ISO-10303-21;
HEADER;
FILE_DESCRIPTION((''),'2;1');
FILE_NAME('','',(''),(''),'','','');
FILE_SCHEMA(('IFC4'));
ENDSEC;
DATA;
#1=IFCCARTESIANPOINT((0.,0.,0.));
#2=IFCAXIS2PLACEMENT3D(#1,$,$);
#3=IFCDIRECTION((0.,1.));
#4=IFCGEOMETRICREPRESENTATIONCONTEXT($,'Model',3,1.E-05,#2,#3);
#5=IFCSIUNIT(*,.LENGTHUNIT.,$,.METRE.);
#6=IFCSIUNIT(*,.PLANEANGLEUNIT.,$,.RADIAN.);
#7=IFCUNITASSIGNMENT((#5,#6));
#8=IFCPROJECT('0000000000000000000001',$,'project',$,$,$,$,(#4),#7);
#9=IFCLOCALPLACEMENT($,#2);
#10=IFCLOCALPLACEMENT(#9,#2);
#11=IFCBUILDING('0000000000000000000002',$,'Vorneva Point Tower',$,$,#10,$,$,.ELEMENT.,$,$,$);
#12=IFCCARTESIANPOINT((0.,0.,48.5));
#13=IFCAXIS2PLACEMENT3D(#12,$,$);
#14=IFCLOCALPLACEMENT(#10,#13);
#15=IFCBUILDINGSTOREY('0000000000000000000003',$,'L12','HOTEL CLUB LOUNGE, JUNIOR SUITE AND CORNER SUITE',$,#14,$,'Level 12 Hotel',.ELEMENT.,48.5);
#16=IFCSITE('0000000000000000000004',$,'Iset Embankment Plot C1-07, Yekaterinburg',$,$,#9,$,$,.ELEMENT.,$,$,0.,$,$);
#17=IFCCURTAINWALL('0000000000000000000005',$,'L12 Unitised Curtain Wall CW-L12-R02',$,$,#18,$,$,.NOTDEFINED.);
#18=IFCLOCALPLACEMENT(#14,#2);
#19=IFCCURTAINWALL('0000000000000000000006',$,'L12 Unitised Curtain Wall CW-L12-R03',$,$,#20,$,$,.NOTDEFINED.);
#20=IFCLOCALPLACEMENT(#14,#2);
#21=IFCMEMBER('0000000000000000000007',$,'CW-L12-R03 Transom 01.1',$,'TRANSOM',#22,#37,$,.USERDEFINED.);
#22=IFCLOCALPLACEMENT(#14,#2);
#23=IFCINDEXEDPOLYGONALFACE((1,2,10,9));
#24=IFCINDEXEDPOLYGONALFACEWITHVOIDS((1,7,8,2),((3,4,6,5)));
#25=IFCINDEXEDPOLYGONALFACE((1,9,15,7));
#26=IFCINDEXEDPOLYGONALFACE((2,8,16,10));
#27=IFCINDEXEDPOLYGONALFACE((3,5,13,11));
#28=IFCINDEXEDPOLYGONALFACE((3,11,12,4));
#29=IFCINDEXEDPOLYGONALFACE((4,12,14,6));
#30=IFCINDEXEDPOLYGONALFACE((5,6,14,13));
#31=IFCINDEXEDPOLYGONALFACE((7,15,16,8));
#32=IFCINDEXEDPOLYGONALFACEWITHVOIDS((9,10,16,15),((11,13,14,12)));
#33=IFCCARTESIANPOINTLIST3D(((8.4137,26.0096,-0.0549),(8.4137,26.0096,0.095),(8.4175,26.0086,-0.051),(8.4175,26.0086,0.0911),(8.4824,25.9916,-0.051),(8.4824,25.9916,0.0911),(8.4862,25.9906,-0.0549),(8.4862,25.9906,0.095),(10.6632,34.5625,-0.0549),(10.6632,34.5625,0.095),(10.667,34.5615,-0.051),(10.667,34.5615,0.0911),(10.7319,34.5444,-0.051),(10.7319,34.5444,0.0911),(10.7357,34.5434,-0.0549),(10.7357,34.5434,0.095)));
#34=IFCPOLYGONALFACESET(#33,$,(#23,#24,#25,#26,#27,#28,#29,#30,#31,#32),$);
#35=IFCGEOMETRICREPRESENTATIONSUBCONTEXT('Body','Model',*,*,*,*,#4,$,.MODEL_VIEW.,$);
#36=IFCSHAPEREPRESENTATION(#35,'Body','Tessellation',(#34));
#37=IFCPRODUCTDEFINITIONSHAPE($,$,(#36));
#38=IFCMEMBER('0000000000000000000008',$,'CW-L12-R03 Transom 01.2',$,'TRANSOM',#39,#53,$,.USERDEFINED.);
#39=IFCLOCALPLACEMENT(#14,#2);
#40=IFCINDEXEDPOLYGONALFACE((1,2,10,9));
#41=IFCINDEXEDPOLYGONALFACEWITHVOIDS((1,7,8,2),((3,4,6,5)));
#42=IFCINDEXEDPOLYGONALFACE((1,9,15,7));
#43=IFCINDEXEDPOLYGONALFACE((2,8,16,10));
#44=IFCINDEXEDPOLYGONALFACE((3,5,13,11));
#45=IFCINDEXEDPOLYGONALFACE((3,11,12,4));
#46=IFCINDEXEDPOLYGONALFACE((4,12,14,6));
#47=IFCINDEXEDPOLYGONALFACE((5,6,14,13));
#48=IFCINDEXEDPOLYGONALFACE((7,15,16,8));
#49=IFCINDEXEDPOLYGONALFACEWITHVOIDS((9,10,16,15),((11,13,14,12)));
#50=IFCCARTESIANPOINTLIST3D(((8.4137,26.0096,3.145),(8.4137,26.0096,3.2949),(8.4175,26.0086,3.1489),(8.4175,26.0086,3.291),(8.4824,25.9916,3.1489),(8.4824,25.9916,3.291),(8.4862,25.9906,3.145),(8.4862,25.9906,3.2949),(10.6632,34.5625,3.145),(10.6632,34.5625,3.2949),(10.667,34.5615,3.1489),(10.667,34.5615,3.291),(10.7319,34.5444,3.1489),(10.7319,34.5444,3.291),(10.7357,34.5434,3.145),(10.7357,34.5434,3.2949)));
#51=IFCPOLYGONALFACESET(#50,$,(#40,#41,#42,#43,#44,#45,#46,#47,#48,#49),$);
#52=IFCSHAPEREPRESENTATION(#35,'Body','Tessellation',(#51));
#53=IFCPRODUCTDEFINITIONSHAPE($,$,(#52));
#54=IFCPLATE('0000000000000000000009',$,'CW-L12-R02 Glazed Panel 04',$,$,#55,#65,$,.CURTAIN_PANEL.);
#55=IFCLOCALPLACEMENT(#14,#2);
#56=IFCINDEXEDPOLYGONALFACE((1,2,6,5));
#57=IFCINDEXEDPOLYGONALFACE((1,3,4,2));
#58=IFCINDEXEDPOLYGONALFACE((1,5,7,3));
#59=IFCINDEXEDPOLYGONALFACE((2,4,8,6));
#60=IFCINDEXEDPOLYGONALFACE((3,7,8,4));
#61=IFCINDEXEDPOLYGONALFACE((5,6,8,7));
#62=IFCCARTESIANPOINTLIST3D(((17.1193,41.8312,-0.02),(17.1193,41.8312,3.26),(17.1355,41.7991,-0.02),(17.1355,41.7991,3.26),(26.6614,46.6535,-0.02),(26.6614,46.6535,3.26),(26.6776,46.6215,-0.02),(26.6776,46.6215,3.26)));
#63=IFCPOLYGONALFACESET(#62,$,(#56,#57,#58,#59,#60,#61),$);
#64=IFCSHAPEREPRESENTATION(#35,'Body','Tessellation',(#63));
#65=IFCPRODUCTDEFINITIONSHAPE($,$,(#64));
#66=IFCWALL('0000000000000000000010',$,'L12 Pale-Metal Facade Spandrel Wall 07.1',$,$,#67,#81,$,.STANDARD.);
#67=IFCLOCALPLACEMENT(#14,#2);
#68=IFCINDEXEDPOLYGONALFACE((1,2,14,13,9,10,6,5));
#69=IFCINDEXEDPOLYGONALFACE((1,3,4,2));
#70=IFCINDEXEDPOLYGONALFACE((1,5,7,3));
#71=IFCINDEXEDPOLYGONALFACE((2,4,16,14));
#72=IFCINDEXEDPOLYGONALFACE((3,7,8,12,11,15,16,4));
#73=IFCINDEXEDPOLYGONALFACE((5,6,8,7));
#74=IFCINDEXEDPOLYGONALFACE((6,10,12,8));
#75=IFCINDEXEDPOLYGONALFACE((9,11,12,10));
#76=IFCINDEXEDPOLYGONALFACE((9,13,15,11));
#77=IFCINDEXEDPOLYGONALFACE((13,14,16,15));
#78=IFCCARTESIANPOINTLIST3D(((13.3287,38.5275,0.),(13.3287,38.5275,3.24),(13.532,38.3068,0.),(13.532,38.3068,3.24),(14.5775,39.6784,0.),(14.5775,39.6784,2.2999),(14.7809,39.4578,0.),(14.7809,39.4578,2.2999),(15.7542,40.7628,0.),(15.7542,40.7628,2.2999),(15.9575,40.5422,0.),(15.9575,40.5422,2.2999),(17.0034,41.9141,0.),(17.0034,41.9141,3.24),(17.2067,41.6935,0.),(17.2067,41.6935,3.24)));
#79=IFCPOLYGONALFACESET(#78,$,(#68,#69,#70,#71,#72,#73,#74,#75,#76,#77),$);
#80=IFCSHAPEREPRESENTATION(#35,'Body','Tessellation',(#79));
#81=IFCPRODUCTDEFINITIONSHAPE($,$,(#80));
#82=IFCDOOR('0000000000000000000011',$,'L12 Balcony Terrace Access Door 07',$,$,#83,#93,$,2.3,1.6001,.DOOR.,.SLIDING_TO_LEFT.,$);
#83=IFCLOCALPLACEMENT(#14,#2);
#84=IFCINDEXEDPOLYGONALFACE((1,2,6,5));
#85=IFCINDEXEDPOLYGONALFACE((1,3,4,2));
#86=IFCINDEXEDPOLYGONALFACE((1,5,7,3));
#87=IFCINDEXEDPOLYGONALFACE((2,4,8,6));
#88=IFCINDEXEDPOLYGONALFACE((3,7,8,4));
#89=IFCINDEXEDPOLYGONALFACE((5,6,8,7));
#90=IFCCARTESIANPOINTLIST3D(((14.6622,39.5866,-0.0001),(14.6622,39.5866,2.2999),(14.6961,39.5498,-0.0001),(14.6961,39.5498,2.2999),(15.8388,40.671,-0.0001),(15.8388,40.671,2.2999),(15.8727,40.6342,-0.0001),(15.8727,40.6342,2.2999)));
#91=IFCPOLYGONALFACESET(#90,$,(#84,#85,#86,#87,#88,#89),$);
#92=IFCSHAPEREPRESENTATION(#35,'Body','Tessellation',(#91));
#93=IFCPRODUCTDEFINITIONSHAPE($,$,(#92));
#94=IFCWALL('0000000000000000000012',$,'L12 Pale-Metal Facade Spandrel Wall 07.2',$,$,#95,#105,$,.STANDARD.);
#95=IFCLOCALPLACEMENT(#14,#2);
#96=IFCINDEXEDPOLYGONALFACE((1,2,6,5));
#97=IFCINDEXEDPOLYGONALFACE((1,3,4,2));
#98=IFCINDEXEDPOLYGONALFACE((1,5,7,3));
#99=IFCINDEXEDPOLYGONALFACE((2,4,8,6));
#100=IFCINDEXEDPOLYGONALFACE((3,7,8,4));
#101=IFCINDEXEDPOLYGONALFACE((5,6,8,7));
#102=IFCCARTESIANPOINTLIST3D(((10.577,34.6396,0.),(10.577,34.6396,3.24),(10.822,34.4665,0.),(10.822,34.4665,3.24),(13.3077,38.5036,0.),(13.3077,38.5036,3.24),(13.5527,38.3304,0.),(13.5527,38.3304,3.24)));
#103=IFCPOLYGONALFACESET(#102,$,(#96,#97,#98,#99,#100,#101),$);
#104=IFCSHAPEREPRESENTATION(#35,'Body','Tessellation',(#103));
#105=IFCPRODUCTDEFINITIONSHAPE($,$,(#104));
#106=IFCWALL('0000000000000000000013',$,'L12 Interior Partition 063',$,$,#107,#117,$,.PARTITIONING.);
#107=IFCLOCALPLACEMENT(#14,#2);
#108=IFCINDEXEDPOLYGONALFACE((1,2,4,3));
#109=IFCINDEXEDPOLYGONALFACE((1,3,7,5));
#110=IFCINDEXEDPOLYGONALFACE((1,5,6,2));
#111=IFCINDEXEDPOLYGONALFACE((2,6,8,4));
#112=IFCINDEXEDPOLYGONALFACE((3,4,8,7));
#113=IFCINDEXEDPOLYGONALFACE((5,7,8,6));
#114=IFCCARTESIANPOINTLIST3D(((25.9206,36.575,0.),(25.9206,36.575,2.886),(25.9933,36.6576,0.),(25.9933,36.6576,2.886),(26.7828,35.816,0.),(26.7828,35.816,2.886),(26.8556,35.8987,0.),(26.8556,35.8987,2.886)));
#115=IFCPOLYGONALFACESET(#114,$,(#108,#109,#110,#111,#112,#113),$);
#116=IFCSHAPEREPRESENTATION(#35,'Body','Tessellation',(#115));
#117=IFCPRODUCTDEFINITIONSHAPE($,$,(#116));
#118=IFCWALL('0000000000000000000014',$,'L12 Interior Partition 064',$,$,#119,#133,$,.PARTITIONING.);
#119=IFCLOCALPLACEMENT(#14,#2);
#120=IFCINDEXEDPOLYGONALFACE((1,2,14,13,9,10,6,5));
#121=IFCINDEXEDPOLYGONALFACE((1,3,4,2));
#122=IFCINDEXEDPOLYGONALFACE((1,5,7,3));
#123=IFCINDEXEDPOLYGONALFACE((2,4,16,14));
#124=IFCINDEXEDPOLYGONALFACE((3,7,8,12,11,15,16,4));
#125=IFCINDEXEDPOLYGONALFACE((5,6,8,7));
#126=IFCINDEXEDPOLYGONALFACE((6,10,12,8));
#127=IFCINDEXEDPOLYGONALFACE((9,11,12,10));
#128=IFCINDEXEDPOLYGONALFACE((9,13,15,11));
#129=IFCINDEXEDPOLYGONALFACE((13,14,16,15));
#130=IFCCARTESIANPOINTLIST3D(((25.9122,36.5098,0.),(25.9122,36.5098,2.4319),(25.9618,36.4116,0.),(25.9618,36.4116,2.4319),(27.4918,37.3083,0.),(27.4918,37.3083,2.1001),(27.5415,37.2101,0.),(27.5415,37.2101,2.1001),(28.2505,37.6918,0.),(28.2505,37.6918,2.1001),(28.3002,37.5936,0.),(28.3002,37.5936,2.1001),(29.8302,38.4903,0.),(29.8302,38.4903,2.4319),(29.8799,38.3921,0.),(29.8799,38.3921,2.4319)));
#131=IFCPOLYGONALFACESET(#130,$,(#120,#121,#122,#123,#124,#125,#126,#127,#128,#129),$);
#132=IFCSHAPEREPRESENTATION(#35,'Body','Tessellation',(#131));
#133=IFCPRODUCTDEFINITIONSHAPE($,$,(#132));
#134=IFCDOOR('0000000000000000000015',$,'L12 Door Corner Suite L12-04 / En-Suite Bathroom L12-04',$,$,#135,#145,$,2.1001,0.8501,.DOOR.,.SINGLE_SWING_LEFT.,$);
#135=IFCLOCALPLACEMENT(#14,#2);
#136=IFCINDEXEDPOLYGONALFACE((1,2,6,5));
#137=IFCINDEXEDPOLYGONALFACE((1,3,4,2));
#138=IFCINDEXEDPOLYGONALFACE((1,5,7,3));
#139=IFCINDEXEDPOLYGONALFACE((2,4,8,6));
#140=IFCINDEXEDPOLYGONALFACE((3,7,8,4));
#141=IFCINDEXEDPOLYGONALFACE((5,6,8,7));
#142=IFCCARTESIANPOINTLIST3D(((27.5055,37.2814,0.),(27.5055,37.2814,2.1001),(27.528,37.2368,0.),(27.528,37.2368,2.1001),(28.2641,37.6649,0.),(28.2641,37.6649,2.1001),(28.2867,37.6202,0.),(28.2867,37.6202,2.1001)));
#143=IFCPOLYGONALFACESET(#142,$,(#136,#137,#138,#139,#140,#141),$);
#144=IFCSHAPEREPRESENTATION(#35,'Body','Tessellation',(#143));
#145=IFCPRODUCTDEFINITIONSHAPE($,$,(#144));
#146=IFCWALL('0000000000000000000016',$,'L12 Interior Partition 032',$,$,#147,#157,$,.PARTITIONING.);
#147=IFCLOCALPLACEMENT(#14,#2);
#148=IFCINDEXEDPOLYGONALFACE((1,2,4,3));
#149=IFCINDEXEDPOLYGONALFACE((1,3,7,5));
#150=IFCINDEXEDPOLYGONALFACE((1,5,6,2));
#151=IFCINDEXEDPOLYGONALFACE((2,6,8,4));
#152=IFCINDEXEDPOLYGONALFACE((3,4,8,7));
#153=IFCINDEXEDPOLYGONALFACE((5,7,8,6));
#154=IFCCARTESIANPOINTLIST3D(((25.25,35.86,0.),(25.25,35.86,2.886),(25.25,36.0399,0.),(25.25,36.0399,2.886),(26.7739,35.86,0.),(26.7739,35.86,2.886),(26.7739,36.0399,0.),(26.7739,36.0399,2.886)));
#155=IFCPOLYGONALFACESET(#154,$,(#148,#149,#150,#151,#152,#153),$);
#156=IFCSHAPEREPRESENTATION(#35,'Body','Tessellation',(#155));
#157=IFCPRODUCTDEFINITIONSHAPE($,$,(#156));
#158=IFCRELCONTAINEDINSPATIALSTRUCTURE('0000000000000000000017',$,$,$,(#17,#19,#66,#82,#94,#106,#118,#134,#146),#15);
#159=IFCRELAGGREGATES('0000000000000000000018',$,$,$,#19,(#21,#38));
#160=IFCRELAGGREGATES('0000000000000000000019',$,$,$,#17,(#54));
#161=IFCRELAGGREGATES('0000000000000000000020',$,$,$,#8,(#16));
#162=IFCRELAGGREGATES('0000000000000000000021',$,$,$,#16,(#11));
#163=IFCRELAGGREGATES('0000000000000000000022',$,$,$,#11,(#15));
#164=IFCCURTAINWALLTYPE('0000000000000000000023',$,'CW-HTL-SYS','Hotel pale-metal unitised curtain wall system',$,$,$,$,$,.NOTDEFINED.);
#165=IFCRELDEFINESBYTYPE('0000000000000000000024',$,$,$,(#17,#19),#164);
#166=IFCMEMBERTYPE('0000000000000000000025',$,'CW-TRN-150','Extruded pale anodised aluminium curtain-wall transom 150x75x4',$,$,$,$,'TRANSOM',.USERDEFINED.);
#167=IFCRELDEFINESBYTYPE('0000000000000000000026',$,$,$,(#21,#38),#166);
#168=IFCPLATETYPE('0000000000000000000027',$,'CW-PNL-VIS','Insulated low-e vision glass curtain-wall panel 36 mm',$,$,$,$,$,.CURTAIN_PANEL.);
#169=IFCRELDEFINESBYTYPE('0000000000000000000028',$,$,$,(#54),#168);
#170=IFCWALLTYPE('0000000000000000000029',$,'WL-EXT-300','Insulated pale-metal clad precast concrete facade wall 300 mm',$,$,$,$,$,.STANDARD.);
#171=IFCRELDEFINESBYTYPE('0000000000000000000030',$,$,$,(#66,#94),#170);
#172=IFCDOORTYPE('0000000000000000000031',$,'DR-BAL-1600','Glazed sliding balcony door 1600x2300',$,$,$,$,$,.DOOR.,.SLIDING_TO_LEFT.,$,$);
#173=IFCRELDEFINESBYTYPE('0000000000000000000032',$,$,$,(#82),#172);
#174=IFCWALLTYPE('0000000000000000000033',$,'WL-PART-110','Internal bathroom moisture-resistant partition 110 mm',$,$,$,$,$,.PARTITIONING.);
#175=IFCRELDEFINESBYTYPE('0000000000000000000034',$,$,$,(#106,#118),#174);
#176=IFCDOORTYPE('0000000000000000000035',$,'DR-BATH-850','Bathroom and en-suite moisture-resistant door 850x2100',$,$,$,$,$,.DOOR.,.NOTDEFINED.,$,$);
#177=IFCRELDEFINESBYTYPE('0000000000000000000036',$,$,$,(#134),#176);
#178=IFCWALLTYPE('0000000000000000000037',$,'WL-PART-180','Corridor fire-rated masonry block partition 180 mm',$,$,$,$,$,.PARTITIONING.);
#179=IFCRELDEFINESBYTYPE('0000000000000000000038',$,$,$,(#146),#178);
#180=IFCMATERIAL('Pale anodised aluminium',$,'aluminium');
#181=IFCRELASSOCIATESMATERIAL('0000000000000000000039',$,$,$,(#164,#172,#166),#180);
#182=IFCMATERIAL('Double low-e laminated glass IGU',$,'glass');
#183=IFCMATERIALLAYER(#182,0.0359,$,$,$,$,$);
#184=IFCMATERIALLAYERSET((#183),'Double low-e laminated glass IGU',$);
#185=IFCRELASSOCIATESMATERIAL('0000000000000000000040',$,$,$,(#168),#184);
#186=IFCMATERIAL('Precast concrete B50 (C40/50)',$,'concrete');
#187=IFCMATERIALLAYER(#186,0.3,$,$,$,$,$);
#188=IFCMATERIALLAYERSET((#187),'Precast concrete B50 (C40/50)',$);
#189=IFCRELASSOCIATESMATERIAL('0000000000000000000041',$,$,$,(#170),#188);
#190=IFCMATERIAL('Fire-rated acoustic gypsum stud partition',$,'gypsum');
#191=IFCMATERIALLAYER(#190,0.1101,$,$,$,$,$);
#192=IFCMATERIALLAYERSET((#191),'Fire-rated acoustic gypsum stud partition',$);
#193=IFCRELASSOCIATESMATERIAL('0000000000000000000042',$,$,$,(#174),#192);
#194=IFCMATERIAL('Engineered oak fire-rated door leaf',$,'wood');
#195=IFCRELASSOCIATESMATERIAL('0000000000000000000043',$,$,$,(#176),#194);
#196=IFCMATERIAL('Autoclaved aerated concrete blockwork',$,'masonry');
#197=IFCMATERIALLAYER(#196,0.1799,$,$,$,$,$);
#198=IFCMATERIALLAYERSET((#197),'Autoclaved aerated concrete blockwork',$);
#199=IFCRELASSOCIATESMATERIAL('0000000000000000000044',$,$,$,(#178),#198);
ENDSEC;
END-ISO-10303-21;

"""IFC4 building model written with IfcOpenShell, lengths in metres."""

from ifc_helpers import new_model, si_unit, direction, frame, frame_2d, origin, origin_2d, place, context, subcontext, project, spatial, rectangle, hollow_rectangle, extrude, material, layer, layer_set, material_profile, profile_set, type_object, element, fill, aggregate, save


model = new_model("IFC4")

# Units and contexts
model_context = context("Model", 3, precision=1e-05, world=origin(), true_north=direction((0.0, 1.0)))
body_context = subcontext(model_context, "Body", "Model", "MODEL_VIEW")
ifc_project = project(units=[si_unit("LENGTHUNIT", "METRE"), si_unit("PLANEANGLEUNIT", "RADIAN")], contexts=[model_context])

# Site, building, storey
site_placement = place(None, origin())
site = spatial("IfcSite", under=ifc_project, at=site_placement, Name="Iset Embankment Plot C1-07, Yekaterinburg", CompositionType="ELEMENT", RefElevation=0.0)
building_placement = place(site_placement, origin())
building = spatial("IfcBuilding", under=site, at=building_placement, Name="Vorneva Point Tower", CompositionType="ELEMENT")
storey_placement = place(building_placement, frame((0.0, 0.0, 48.5)))
storey = spatial("IfcBuildingStorey", under=building, at=storey_placement, Name="L12", Description="HOTEL CLUB LOUNGE, JUNIOR SUITE AND CORNER SUITE", LongName="Level 12 Hotel", CompositionType="ELEMENT", Elevation=48.5)

# Curtain wall
ifc_material_1 = material(Name="Pale anodised aluminium", Category="aluminium")
curtain_wall_type = type_object("IfcCurtainWallType", Name="CW-HTL-SYS", Description="Hotel pale-metal unitised curtain wall system", PredefinedType="NOTDEFINED", material=ifc_material_1)
curtain_wall_1_placement = place(storey_placement, origin())
curtain_wall_1 = element("IfcCurtainWall", 1, at=curtain_wall_1_placement, inside=storey, type_object=curtain_wall_type, Name="L12 Unitised Curtain Wall CW-L12-R02", PredefinedType="NOTDEFINED")

# Curtain wall
curtain_wall_2_placement = place(storey_placement, origin())
curtain_wall_2 = element("IfcCurtainWall", 2, at=curtain_wall_2_placement, inside=storey, type_object=curtain_wall_type, Name="L12 Unitised Curtain Wall CW-L12-R03", PredefinedType="NOTDEFINED")

# Members
ifc_material_profile_1 = material_profile(ifc_material_1, hollow_rectangle(XDim=0.075, YDim=0.1499, WallThickness=0.0039, at=origin_2d()), Name="AL-TRN 150x75x4")
ifc_profile_set_1 = profile_set([ifc_material_profile_1], Name="Pale anodised aluminium")
member_type_1 = type_object("IfcMemberType", Name="CW-TRN-150", Description="Extruded pale anodised aluminium curtain-wall transom 150x75x4", ElementType="TRANSOM", PredefinedType="USERDEFINED", material=ifc_profile_set_1)
member_1_placement = place(storey_placement, frame((10.6995, 34.553, 0.02), z_axis=(-0.254359, -0.96711, 0.0), x_axis=(0.96711, -0.254359, 0.0)))
member_1 = element("IfcMember", 3, at=member_1_placement, type_object=member_type_1, Name="CW-L12-R03 Transom 01.1", ObjectType="TRANSOM", PredefinedType="USERDEFINED", context=body_context, shape_type="SweptSolid", body=[
    extrude(hollow_rectangle(XDim=0.075, YDim=0.1499, WallThickness=0.0039, at=origin_2d()), origin(), (0.0, 0.0, 1.0), 8.8438),
])
member_2_placement = place(storey_placement, frame((10.6995, 34.553, 3.22), z_axis=(-0.254359, -0.96711, 0.0), x_axis=(0.96711, -0.254359, 0.0)))
member_2 = element("IfcMember", 4, at=member_2_placement, type_object=member_type_1, Name="CW-L12-R03 Transom 01.2", ObjectType="TRANSOM", PredefinedType="USERDEFINED", context=body_context, shape_type="SweptSolid", body=[
    extrude(hollow_rectangle(XDim=0.075, YDim=0.1499, WallThickness=0.0039, at=origin_2d()), origin(), (0.0, 0.0, 1.0), 8.8438),
])
aggregate(curtain_wall_2, [member_1, member_2])

# Plate
ifc_material_2 = material(Name="Double low-e laminated glass IGU", Category="glass")
ifc_layer_1 = layer(ifc_material_2, 0.0359)
ifc_layer_set_1 = layer_set([ifc_layer_1], Name="Double low-e laminated glass IGU")
plate_type = type_object("IfcPlateType", Name="CW-PNL-VIS", Description="Insulated low-e vision glass curtain-wall panel 36 mm", PredefinedType="CURTAIN_PANEL", material=ifc_layer_set_1)
plate_placement = place(storey_placement, frame((21.8984, 44.2263, -0.02), z_axis=(0.0, 0.0, 1.0), x_axis=(-0.892499, -0.451049, 0.0)))
plate = element("IfcPlate", 5, at=plate_placement, type_object=plate_type, Name="CW-L12-R02 Glazed Panel 04", PredefinedType="CURTAIN_PANEL", context=body_context, shape_type="SweptSolid", body=[
    extrude(rectangle(XDim=10.6914, YDim=0.0359, at=origin_2d()), origin(), (0.0, 0.0, 1.0), 3.28),
])
aggregate(curtain_wall_1, [plate])

# Wall, opening, door
ifc_material_3 = material(Name="Precast concrete B50 (C40/50)", Category="concrete")
ifc_layer_2 = layer(ifc_material_3, 0.3)
ifc_layer_set_2 = layer_set([ifc_layer_2], Name="Precast concrete B50 (C40/50)")
wall_type_1 = type_object("IfcWallType", Name="WL-EXT-300", Description="Insulated pale-metal clad precast concrete facade wall 300 mm", PredefinedType="STANDARD", material=ifc_layer_set_2)
wall_1_placement = place(storey_placement, frame((17.105, 41.8037, 0.0), z_axis=(0.0, 0.0, 1.0), x_axis=(-0.735343, -0.677696, 0.0)))
wall_1 = element("IfcWall", 6, at=wall_1_placement, inside=storey, type_object=wall_type_1, Name="L12 Pale-Metal Facade Spandrel Wall 07.1", PredefinedType="STANDARD", context=body_context, shape_type="SweptSolid", body=[
    extrude(rectangle(XDim=4.9973, YDim=0.3, at=frame_2d((2.4985, 0.0))), origin(), (0.0, 0.0, 1.0), 3.24),
])
opening_1_placement = place(wall_1_placement, frame((1.6987, 0.0, 0.0)))
opening_1 = element("IfcOpeningElement", 7, at=opening_1_placement, cuts=wall_1, PredefinedType="OPENING", context=body_context, shape_type="SweptSolid", body=[
    extrude(rectangle(XDim=1.6001, YDim=2.3, at=frame_2d((0.8, 1.1499))), frame((0.0, 0.165, 0.0), z_axis=(0.0, -1.0, 0.0), x_axis=(1.0, 0.0, 0.0)), (0.0, 0.0, 1.0), 0.3298),
])
door_type_1 = type_object("IfcDoorType", Name="DR-BAL-1600", Description="Glazed sliding balcony door 1600x2300", OperationType="SLIDING_TO_LEFT", PredefinedType="DOOR", material=ifc_material_1)
door_1_placement = place(opening_1_placement, origin())
door_1 = element("IfcDoor", 8, at=door_1_placement, inside=storey, type_object=door_type_1, Name="L12 Balcony Terrace Access Door 07", OperationType="SLIDING_TO_LEFT", OverallHeight=2.3, OverallWidth=1.6001, PredefinedType="DOOR", context=body_context, shape_type="SweptSolid", body=[
    extrude(rectangle(XDim=1.6001, YDim=2.3, at=frame_2d((0.8, 1.1499))), frame((0.0, 0.0249, 0.0), z_axis=(0.0, -1.0, 0.0), x_axis=(1.0, 0.0, 0.0)), (0.0, 0.0, 1.0), 0.05),
])
fill(opening_1, door_1)

# Walls
wall_2_placement = place(storey_placement, frame((13.4302, 38.417, 0.0), z_axis=(0.0, 0.0, 1.0), x_axis=(-0.577131, -0.816652, 0.0)))
element("IfcWall", 9, at=wall_2_placement, inside=storey, type_object=wall_type_1, Name="L12 Pale-Metal Facade Spandrel Wall 07.2", PredefinedType="STANDARD", context=body_context, shape_type="SweptSolid", body=[
    extrude(rectangle(XDim=4.7314, YDim=0.3, at=frame_2d((2.3657, 0.0))), origin(), (0.0, 0.0, 1.0), 3.24),
])
ifc_material_4 = material(Name="Fire-rated acoustic gypsum stud partition", Category="gypsum")
ifc_layer_3 = layer(ifc_material_4, 0.1101)
ifc_layer_set_3 = layer_set([ifc_layer_3], Name="Fire-rated acoustic gypsum stud partition")
wall_type_2 = type_object("IfcWallType", Name="WL-PART-110", Description="Internal bathroom moisture-resistant partition 110 mm", PredefinedType="PARTITIONING", material=ifc_layer_set_3)
wall_3_placement = place(storey_placement, frame((26.8191, 35.8574, 0.0), z_axis=(0.0, 0.0, 1.0), x_axis=(-0.750625, 0.660728, 0.0)))
element("IfcWall", 10, at=wall_3_placement, inside=storey, type_object=wall_type_2, Name="L12 Interior Partition 063", PredefinedType="PARTITIONING", context=body_context, shape_type="SweptSolid", body=[
    extrude(rectangle(XDim=1.1487, YDim=0.1101, at=frame_2d((0.5742, 0.0))), origin(), (0.0, 0.0, 1.0), 2.886),
])

# Wall, opening, door
wall_4_placement = place(storey_placement, frame((25.937, 36.4607, 0.0), z_axis=(0.0, 0.0, 1.0), x_axis=(0.892461, 0.451124, 0.0)))
wall_4 = element("IfcWall", 11, at=wall_4_placement, inside=storey, type_object=wall_type_2, Name="L12 Interior Partition 064", PredefinedType="PARTITIONING", context=body_context, shape_type="SweptSolid", body=[
    extrude(rectangle(XDim=4.3901, YDim=0.1101, at=frame_2d((2.1951, 0.0))), origin(), (0.0, 0.0, 1.0), 2.4319),
])
opening_2_placement = place(wall_4_placement, frame((1.77, 0.0, 0.0)))
opening_2 = element("IfcOpeningElement", 12, at=opening_2_placement, cuts=wall_4, PredefinedType="OPENING", context=body_context, shape_type="SweptSolid", body=[
    extrude(rectangle(XDim=0.8501, YDim=2.1001, at=frame_2d((0.425, 1.05))), frame((0.0, 0.0698, 0.0), z_axis=(0.0, -1.0, 0.0), x_axis=(1.0, 0.0, 0.0)), (0.0, 0.0, 1.0), 0.1399),
])
ifc_material_5 = material(Name="Engineered oak fire-rated door leaf", Category="wood")
door_type_2 = type_object("IfcDoorType", Name="DR-BATH-850", Description="Bathroom and en-suite moisture-resistant door 850x2100", OperationType="NOTDEFINED", PredefinedType="DOOR", material=ifc_material_5)
door_2_placement = place(opening_2_placement, origin())
door_2 = element("IfcDoor", 13, at=door_2_placement, inside=storey, type_object=door_type_2, Name="L12 Door Corner Suite L12-04 / En-Suite Bathroom L12-04", OperationType="SINGLE_SWING_LEFT", OverallHeight=2.1001, OverallWidth=0.8501, PredefinedType="DOOR", context=body_context, shape_type="SweptSolid", body=[
    extrude(rectangle(XDim=0.8501, YDim=2.1001, at=frame_2d((0.425, 1.05))), frame((0.0, 0.0249, 0.0), z_axis=(0.0, -1.0, 0.0), x_axis=(1.0, 0.0, 0.0)), (0.0, 0.0, 1.0), 0.05),
])
fill(opening_2, door_2)

# Wall
ifc_material_6 = material(Name="Autoclaved aerated concrete blockwork", Category="masonry")
ifc_layer_4 = layer(ifc_material_6, 0.1799)
ifc_layer_set_4 = layer_set([ifc_layer_4], Name="Autoclaved aerated concrete blockwork")
wall_type_3 = type_object("IfcWallType", Name="WL-PART-180", Description="Corridor fire-rated masonry block partition 180 mm", PredefinedType="PARTITIONING", material=ifc_layer_set_4)
wall_5_placement = place(storey_placement, frame((26.7739, 35.95, 0.0), z_axis=(0.0, 0.0, 1.0), x_axis=(-1.0, 0.0, 0.0)))
element("IfcWall", 14, at=wall_5_placement, inside=storey, type_object=wall_type_3, Name="L12 Interior Partition 032", PredefinedType="PARTITIONING", context=body_context, shape_type="SweptSolid", body=[
    extrude(rectangle(XDim=1.5239, YDim=0.1799, at=frame_2d((0.762, 0.0))), origin(), (0.0, 0.0, 1.0), 2.886),
])

save(model, "model.ifc")
